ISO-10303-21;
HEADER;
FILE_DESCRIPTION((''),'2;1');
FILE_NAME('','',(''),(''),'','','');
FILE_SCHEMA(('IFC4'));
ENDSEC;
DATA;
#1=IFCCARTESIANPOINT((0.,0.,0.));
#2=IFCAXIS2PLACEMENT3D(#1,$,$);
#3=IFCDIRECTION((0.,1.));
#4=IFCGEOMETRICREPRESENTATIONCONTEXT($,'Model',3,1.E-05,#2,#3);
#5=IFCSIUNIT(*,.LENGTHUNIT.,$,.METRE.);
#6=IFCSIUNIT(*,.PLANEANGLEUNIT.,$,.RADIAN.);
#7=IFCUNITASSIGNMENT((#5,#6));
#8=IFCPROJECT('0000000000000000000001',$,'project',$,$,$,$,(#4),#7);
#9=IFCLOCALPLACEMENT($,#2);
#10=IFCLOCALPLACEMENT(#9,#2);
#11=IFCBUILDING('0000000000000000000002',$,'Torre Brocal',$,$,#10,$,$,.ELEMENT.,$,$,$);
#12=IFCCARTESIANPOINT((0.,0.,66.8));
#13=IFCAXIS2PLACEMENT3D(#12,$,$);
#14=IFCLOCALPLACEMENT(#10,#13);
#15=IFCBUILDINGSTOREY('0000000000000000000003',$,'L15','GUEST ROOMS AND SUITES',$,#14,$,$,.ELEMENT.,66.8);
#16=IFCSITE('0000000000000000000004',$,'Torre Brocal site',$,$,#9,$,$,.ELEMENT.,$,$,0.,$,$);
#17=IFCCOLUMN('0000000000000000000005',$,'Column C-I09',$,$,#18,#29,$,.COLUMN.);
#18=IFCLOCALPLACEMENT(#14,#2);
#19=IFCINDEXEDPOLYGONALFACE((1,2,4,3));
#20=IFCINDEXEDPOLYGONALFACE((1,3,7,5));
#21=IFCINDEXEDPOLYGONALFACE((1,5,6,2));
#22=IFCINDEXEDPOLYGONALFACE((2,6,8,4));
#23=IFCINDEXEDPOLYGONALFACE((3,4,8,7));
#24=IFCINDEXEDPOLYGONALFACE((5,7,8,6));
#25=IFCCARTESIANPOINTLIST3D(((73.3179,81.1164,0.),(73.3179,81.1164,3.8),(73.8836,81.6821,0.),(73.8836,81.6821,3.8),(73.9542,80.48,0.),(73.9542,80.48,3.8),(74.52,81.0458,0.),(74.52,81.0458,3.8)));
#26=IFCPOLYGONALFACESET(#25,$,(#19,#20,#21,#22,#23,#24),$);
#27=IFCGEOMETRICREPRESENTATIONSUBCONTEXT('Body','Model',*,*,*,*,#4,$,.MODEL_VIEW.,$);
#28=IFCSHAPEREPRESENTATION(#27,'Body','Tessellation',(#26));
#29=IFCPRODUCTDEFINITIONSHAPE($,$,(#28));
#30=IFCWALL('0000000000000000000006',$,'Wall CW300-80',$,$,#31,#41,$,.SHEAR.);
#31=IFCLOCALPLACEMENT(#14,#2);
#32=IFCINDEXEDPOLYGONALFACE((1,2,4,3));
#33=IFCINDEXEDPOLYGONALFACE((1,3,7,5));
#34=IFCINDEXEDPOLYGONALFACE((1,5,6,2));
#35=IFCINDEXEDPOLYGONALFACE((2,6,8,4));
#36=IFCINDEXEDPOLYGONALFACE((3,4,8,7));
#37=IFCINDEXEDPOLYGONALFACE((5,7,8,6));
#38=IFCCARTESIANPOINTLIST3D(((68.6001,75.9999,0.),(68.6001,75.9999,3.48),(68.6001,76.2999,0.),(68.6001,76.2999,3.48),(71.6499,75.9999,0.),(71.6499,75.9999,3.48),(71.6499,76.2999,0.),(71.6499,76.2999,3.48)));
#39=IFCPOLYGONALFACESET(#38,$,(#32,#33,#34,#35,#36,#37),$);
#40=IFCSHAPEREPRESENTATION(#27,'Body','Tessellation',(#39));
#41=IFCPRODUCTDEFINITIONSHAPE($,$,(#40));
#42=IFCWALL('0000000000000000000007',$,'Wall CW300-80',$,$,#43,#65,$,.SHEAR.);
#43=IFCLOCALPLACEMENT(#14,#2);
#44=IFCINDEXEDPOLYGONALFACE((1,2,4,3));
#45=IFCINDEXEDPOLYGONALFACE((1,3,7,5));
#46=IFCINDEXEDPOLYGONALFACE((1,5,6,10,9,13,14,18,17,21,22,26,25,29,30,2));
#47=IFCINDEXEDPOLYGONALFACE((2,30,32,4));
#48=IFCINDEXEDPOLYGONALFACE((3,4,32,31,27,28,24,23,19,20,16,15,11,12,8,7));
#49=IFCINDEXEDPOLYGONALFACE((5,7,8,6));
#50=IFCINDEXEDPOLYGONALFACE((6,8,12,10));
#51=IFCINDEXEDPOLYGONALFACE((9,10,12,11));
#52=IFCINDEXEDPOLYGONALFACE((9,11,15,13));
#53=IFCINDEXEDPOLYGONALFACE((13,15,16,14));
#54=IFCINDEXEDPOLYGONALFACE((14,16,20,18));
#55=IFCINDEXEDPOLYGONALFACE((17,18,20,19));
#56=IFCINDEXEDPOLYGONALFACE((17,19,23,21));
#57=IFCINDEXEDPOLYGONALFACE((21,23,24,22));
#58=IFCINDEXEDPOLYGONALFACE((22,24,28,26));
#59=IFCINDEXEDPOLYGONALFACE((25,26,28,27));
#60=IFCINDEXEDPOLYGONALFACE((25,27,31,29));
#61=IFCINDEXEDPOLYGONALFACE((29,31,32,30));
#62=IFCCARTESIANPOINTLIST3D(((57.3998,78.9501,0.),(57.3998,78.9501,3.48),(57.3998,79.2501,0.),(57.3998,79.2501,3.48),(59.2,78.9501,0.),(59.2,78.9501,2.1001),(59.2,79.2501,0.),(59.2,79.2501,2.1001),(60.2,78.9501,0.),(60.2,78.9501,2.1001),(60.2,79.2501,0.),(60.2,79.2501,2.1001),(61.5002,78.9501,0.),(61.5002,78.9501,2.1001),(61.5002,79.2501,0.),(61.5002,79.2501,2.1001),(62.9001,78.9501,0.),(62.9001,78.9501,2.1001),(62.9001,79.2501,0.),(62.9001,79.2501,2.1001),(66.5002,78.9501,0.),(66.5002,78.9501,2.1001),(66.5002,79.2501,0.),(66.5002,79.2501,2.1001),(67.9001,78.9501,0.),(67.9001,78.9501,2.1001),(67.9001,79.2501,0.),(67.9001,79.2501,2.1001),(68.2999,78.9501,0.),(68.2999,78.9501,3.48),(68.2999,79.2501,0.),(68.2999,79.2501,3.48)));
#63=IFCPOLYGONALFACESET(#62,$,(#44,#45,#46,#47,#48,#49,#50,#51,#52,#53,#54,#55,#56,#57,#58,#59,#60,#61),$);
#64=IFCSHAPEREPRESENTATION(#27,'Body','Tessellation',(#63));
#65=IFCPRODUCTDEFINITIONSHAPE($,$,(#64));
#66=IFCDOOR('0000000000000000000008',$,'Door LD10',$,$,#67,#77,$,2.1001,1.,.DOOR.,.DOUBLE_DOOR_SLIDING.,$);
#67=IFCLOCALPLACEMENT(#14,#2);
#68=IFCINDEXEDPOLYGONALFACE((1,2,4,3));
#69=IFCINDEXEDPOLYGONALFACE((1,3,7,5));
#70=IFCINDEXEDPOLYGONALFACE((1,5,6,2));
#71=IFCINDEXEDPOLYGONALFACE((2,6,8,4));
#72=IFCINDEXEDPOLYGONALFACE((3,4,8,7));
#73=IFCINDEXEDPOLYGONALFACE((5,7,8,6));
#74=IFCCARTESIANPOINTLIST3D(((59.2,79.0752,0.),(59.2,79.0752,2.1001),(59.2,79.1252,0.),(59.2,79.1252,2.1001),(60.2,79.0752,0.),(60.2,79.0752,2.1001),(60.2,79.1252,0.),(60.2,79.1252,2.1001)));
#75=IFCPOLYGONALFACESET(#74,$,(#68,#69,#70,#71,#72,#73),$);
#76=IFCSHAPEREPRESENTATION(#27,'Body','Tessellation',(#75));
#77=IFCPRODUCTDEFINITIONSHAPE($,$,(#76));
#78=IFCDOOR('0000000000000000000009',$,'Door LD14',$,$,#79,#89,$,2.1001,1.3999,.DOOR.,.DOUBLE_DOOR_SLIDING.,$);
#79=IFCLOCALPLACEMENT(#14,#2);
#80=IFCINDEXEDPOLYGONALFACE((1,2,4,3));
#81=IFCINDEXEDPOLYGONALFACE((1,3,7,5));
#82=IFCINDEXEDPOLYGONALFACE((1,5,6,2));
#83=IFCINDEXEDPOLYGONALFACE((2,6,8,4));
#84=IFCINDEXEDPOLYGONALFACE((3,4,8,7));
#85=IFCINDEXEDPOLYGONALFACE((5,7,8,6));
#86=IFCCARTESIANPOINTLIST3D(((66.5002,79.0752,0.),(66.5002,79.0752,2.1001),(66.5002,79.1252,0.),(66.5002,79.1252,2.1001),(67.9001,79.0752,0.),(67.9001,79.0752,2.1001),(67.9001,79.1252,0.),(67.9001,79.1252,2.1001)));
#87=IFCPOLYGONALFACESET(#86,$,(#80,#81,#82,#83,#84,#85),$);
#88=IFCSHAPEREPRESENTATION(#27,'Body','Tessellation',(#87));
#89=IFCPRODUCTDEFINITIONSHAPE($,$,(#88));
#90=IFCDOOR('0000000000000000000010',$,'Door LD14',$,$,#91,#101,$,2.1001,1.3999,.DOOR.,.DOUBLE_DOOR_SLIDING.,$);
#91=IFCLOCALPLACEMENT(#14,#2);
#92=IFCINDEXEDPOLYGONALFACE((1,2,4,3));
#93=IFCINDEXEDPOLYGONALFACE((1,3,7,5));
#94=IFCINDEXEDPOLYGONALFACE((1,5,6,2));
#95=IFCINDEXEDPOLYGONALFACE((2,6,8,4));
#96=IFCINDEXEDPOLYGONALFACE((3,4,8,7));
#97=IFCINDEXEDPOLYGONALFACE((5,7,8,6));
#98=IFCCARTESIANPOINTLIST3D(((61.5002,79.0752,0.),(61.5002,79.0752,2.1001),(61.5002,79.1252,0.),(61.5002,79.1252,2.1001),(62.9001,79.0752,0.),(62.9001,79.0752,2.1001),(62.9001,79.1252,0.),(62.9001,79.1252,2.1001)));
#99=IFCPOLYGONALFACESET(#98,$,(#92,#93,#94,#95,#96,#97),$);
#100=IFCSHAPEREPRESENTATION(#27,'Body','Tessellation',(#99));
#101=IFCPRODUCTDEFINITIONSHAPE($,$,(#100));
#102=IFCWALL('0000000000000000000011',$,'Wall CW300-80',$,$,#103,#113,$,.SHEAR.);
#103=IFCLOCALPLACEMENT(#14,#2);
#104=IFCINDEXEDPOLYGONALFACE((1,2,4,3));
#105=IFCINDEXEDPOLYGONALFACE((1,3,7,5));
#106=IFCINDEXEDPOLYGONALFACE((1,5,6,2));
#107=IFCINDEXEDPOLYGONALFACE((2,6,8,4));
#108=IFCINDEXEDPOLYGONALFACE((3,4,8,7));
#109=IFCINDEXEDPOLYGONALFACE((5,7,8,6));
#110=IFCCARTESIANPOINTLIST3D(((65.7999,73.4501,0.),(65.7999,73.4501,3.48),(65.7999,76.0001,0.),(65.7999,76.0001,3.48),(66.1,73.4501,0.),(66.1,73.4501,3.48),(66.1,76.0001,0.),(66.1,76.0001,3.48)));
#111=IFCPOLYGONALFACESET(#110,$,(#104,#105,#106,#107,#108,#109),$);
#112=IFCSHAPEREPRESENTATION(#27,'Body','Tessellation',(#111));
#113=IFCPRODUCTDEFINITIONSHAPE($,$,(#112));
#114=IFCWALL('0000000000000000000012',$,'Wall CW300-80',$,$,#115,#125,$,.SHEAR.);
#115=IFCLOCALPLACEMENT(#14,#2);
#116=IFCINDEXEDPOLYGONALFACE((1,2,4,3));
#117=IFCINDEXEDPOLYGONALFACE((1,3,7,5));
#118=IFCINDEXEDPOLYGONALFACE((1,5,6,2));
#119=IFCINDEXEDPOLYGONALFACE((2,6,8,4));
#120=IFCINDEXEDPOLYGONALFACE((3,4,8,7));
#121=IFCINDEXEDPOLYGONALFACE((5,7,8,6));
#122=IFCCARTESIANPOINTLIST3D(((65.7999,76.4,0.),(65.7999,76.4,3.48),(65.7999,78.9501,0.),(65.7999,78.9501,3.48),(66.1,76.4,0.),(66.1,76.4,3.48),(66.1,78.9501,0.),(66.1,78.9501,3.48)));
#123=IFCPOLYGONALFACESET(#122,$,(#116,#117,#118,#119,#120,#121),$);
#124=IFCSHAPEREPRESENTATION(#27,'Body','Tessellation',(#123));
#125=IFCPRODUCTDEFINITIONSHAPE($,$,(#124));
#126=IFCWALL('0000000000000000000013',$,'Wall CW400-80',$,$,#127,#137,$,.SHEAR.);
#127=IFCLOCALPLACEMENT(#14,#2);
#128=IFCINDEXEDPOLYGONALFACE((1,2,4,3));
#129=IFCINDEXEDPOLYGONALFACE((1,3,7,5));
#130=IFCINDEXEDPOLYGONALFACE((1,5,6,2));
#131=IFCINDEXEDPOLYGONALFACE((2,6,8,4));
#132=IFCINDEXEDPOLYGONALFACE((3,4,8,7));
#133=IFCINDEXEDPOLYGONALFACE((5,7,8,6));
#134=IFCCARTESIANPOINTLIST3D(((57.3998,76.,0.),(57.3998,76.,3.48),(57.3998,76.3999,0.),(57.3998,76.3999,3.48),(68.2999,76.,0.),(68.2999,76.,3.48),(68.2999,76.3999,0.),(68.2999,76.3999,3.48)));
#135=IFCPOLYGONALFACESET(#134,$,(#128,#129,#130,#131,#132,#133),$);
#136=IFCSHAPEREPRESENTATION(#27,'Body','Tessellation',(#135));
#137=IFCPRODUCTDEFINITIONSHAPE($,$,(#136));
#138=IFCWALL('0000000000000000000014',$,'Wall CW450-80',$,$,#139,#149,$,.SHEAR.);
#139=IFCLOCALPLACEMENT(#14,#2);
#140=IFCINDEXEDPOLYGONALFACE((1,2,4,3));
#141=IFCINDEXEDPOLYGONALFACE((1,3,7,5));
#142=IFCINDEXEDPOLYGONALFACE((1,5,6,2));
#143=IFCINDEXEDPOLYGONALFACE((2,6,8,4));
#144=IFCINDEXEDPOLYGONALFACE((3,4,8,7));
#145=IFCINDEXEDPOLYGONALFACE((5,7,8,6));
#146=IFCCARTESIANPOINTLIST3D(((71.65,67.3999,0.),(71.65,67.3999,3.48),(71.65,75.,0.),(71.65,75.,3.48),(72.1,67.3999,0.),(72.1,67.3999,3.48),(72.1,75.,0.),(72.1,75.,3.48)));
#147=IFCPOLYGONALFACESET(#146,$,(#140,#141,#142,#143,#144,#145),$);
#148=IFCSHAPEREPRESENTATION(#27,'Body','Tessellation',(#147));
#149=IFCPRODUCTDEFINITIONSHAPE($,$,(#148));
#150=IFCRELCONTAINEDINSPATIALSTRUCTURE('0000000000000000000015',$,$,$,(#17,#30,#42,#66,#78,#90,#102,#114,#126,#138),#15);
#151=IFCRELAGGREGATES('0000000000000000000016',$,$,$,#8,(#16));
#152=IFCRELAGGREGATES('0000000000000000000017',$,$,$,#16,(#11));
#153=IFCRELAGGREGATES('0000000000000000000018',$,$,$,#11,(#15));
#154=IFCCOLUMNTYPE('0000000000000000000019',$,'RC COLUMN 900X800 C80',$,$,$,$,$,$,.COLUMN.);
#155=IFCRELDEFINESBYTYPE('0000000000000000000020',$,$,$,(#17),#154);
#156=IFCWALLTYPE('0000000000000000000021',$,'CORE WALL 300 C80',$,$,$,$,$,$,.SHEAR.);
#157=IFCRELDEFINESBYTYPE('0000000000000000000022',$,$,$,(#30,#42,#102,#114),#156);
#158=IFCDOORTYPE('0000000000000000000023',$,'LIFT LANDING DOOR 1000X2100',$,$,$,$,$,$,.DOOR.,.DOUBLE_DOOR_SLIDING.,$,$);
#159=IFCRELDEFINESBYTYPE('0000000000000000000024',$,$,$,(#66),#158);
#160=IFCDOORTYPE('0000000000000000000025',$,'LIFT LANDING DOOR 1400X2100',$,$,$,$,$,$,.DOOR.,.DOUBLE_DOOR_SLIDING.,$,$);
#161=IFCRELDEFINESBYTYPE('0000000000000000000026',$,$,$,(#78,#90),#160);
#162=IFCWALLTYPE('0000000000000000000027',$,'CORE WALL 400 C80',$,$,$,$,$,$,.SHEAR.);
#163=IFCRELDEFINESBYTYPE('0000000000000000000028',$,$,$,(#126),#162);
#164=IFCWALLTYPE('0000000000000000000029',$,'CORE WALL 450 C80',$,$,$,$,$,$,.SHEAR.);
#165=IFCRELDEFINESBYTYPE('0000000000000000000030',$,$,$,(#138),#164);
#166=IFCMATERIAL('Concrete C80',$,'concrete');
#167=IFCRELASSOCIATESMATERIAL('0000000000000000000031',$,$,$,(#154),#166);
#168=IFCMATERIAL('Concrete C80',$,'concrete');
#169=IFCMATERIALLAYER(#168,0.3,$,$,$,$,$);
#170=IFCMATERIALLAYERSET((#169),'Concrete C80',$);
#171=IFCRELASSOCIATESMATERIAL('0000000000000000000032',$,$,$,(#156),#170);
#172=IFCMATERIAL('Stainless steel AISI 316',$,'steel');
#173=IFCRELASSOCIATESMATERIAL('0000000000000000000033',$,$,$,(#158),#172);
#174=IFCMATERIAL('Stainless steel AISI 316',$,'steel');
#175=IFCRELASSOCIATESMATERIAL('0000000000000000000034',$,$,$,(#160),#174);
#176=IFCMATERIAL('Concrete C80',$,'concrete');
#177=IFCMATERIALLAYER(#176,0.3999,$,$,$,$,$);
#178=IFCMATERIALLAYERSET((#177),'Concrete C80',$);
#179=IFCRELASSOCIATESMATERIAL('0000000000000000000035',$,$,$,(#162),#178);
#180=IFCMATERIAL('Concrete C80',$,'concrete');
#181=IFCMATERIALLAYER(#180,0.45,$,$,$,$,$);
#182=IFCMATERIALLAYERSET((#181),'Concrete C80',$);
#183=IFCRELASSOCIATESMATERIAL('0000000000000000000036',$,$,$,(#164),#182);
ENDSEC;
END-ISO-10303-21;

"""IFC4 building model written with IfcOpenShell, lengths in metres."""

from ifc_helpers import new_model, si_unit, direction, frame, frame_2d, origin, origin_2d, place, context, subcontext, project, spatial, rectangle, extrude, material, layer, layer_set, material_profile, profile_set, type_object, element, fill, save


model = new_model("IFC4")

# Units and contexts
model_context = context("Model", 3, precision=1e-05, world=origin(), true_north=direction((0.0, 1.0)))
body_context = subcontext(model_context, "Body", "Model", "MODEL_VIEW")
ifc_project = project(units=[si_unit("LENGTHUNIT", "METRE"), si_unit("PLANEANGLEUNIT", "RADIAN")], contexts=[model_context])

# Site, building, storey
site_placement = place(None, origin())
site = spatial("IfcSite", under=ifc_project, at=site_placement, Name="Torre Brocal site", CompositionType="ELEMENT", RefElevation=0.0)
building_placement = place(site_placement, origin())
building = spatial("IfcBuilding", under=site, at=building_placement, Name="Torre Brocal", CompositionType="ELEMENT")
storey_placement = place(building_placement, frame((0.0, 0.0, 66.8)))
storey = spatial("IfcBuildingStorey", under=building, at=storey_placement, Name="L15", Description="GUEST ROOMS AND SUITES", CompositionType="ELEMENT", Elevation=66.8)

# Column
ifc_material_1 = material(Name="Concrete C80", Category="concrete")
ifc_material_profile = material_profile(ifc_material_1, rectangle(XDim=0.8999, YDim=0.8, at=origin_2d()), Name="RC 900X800")
ifc_profile_set = profile_set([ifc_material_profile], Name="Concrete C80")
column_type = type_object("IfcColumnType", Name="RC COLUMN 900X800 C80", PredefinedType="COLUMN", material=ifc_profile_set)
column_placement = place(storey_placement, frame((73.9189, 81.0811, 0.0), z_axis=(0.0, 0.0, 1.0), x_axis=(-0.707107, 0.707107, 0.0)))
element("IfcColumn", 1, at=column_placement, inside=storey, type_object=column_type, Name="Column C-I09", PredefinedType="COLUMN", context=body_context, shape_type="SweptSolid", body=[
    extrude(rectangle(XDim=0.8999, YDim=0.8, at=origin_2d()), origin(), (0.0, 0.0, 1.0), 3.8),
])

# Wall
ifc_material_2 = material(Name="Concrete C80", Category="concrete")
ifc_layer_1 = layer(ifc_material_2, 0.3)
ifc_layer_set_1 = layer_set([ifc_layer_1], Name="Concrete C80")
wall_type_1 = type_object("IfcWallType", Name="CORE WALL 300 C80", PredefinedType="SHEAR", material=ifc_layer_set_1)
wall_1_placement = place(storey_placement, frame((71.6499, 76.1499, 0.0), z_axis=(0.0, 0.0, 1.0), x_axis=(-1.0, 0.0, 0.0)))
element("IfcWall", 2, at=wall_1_placement, inside=storey, type_object=wall_type_1, Name="Wall CW300-80", PredefinedType="SHEAR", context=body_context, shape_type="SweptSolid", body=[
    extrude(rectangle(XDim=3.0498, YDim=0.3, at=frame_2d((1.5249, 0.0))), origin(), (0.0, 0.0, 1.0), 3.48),
])

# Wall, openings, doors
wall_2_placement = place(storey_placement, frame((68.3, 79.1001, 0.0), z_axis=(0.0, 0.0, 1.0), x_axis=(-1.0, 0.0, 0.0)))
wall_2 = element("IfcWall", 3, at=wall_2_placement, inside=storey, type_object=wall_type_1, Name="Wall CW300-80", PredefinedType="SHEAR", context=body_context, shape_type="SweptSolid", body=[
    extrude(rectangle(XDim=10.9001, YDim=0.3, at=frame_2d((5.4502, 0.0))), origin(), (0.0, 0.0, 1.0), 3.48),
])
opening_1_placement = place(wall_2_placement, frame((0.3999, 0.0, 0.0)))
opening_1 = element("IfcOpeningElement", 4, at=opening_1_placement, cuts=wall_2, PredefinedType="OPENING", context=body_context, shape_type="SweptSolid", body=[
    extrude(rectangle(XDim=1.3999, YDim=2.1001, at=frame_2d((0.7, 1.05))), frame((0.0, 0.1599, 0.0), z_axis=(0.0, -1.0, 0.0), x_axis=(1.0, 0.0, 0.0)), (0.0, 0.0, 1.0), 0.3201),
])
opening_2_placement = place(wall_2_placement, frame((5.3999, 0.0, 0.0)))
opening_2 = element("IfcOpeningElement", 5, at=opening_2_placement, cuts=wall_2, PredefinedType="OPENING", context=body_context, shape_type="SweptSolid", body=[
    extrude(rectangle(XDim=1.3999, YDim=2.1001, at=frame_2d((0.7, 1.05))), frame((0.0, 0.1599, 0.0), z_axis=(0.0, -1.0, 0.0), x_axis=(1.0, 0.0, 0.0)), (0.0, 0.0, 1.0), 0.3201),
])
opening_3_placement = place(wall_2_placement, frame((8.1001, 0.0, 0.0)))
opening_3 = element("IfcOpeningElement", 6, at=opening_3_placement, cuts=wall_2, PredefinedType="OPENING", context=body_context, shape_type="SweptSolid", body=[
    extrude(rectangle(XDim=1.0, YDim=2.1001, at=frame_2d((0.5, 1.05))), frame((0.0, 0.1599, 0.0), z_axis=(0.0, -1.0, 0.0), x_axis=(1.0, 0.0, 0.0)), (0.0, 0.0, 1.0), 0.3201),
])
ifc_material_3 = material(Name="Stainless steel AISI 316", Category="steel")
door_type_1 = type_object("IfcDoorType", Name="LIFT LANDING DOOR 1000X2100", OperationType="DOUBLE_DOOR_SLIDING", PredefinedType="DOOR", material=ifc_material_3)
door_1_placement = place(opening_3_placement, origin())
door_1 = element("IfcDoor", 7, at=door_1_placement, inside=storey, type_object=door_type_1, Name="Door LD10", OperationType="DOUBLE_DOOR_SLIDING", OverallHeight=2.1001, OverallWidth=1.0, PredefinedType="DOOR", context=body_context, shape_type="SweptSolid", body=[
    extrude(rectangle(XDim=1.0, YDim=2.1001, at=frame_2d((0.5, 1.05))), frame((0.0, 0.0249, 0.0), z_axis=(0.0, -1.0, 0.0), x_axis=(1.0, 0.0, 0.0)), (0.0, 0.0, 1.0), 0.05),
])
fill(opening_3, door_1)
ifc_material_4 = material(Name="Stainless steel AISI 316", Category="steel")
door_type_2 = type_object("IfcDoorType", Name="LIFT LANDING DOOR 1400X2100", OperationType="DOUBLE_DOOR_SLIDING", PredefinedType="DOOR", material=ifc_material_4)
door_2_placement = place(opening_1_placement, origin())
door_2 = element("IfcDoor", 8, at=door_2_placement, inside=storey, type_object=door_type_2, Name="Door LD14", OperationType="DOUBLE_DOOR_SLIDING", OverallHeight=2.1001, OverallWidth=1.3999, PredefinedType="DOOR", context=body_context, shape_type="SweptSolid", body=[
    extrude(rectangle(XDim=1.3999, YDim=2.1001, at=frame_2d((0.7, 1.05))), frame((0.0, 0.0249, 0.0), z_axis=(0.0, -1.0, 0.0), x_axis=(1.0, 0.0, 0.0)), (0.0, 0.0, 1.0), 0.05),
])
fill(opening_1, door_2)
door_3_placement = place(opening_2_placement, origin())
door_3 = element("IfcDoor", 9, at=door_3_placement, inside=storey, type_object=door_type_2, Name="Door LD14", OperationType="DOUBLE_DOOR_SLIDING", OverallHeight=2.1001, OverallWidth=1.3999, PredefinedType="DOOR", context=body_context, shape_type="SweptSolid", body=[
    extrude(rectangle(XDim=1.3999, YDim=2.1001, at=frame_2d((0.7, 1.05))), frame((0.0, 0.0249, 0.0), z_axis=(0.0, -1.0, 0.0), x_axis=(1.0, 0.0, 0.0)), (0.0, 0.0, 1.0), 0.05),
])
fill(opening_2, door_3)

# Walls
for number, where, z_axis, x_axis, name in (
    (10, (65.95, 76.0, 0.0), (0.0, 0.0, 1.0), (0.0, -1.0, 0.0), "Wall CW300-80"),
    (11, (65.95, 78.95, 0.0), (0.0, 0.0, 1.0), (0.0, -1.0, 0.0), "Wall CW300-80"),
):
    element("IfcWall", number, at=place(storey_placement, frame(where, z_axis=z_axis, x_axis=x_axis)), inside=storey, type_object=wall_type_1, Name=name, PredefinedType="SHEAR", context=body_context, shape_type="SweptSolid", body=[
        extrude(rectangle(XDim=2.55, YDim=0.3, at=frame_2d((1.2749, 0.0))), origin(), (0.0, 0.0, 1.0), 3.48),
    ])
ifc_material_5 = material(Name="Concrete C80", Category="concrete")
ifc_layer_2 = layer(ifc_material_5, 0.3999)
ifc_layer_set_2 = layer_set([ifc_layer_2], Name="Concrete C80")
wall_type_2 = type_object("IfcWallType", Name="CORE WALL 400 C80", PredefinedType="SHEAR", material=ifc_layer_set_2)
wall_3_placement = place(storey_placement, frame((68.3, 76.2, 0.0), z_axis=(0.0, 0.0, 1.0), x_axis=(-1.0, 0.0, 0.0)))
element("IfcWall", 12, at=wall_3_placement, inside=storey, type_object=wall_type_2, Name="Wall CW400-80", PredefinedType="SHEAR", context=body_context, shape_type="SweptSolid", body=[
    extrude(rectangle(XDim=10.9001, YDim=0.3999, at=frame_2d((5.4502, 0.0))), origin(), (0.0, 0.0, 1.0), 3.48),
])
ifc_material_6 = material(Name="Concrete C80", Category="concrete")
ifc_layer_3 = layer(ifc_material_6, 0.45)
ifc_layer_set_3 = layer_set([ifc_layer_3], Name="Concrete C80")
wall_type_3 = type_object("IfcWallType", Name="CORE WALL 450 C80", PredefinedType="SHEAR", material=ifc_layer_set_3)
wall_4_placement = place(storey_placement, frame((71.875, 75.0, 0.0), z_axis=(0.0, 0.0, 1.0), x_axis=(0.0, -1.0, 0.0)))
element("IfcWall", 13, at=wall_4_placement, inside=storey, type_object=wall_type_3, Name="Wall CW450-80", PredefinedType="SHEAR", context=body_context, shape_type="SweptSolid", body=[
    extrude(rectangle(XDim=7.6001, YDim=0.45, at=frame_2d((3.8, 0.0))), origin(), (0.0, 0.0, 1.0), 3.48),
])

save(model, "model.ifc")
